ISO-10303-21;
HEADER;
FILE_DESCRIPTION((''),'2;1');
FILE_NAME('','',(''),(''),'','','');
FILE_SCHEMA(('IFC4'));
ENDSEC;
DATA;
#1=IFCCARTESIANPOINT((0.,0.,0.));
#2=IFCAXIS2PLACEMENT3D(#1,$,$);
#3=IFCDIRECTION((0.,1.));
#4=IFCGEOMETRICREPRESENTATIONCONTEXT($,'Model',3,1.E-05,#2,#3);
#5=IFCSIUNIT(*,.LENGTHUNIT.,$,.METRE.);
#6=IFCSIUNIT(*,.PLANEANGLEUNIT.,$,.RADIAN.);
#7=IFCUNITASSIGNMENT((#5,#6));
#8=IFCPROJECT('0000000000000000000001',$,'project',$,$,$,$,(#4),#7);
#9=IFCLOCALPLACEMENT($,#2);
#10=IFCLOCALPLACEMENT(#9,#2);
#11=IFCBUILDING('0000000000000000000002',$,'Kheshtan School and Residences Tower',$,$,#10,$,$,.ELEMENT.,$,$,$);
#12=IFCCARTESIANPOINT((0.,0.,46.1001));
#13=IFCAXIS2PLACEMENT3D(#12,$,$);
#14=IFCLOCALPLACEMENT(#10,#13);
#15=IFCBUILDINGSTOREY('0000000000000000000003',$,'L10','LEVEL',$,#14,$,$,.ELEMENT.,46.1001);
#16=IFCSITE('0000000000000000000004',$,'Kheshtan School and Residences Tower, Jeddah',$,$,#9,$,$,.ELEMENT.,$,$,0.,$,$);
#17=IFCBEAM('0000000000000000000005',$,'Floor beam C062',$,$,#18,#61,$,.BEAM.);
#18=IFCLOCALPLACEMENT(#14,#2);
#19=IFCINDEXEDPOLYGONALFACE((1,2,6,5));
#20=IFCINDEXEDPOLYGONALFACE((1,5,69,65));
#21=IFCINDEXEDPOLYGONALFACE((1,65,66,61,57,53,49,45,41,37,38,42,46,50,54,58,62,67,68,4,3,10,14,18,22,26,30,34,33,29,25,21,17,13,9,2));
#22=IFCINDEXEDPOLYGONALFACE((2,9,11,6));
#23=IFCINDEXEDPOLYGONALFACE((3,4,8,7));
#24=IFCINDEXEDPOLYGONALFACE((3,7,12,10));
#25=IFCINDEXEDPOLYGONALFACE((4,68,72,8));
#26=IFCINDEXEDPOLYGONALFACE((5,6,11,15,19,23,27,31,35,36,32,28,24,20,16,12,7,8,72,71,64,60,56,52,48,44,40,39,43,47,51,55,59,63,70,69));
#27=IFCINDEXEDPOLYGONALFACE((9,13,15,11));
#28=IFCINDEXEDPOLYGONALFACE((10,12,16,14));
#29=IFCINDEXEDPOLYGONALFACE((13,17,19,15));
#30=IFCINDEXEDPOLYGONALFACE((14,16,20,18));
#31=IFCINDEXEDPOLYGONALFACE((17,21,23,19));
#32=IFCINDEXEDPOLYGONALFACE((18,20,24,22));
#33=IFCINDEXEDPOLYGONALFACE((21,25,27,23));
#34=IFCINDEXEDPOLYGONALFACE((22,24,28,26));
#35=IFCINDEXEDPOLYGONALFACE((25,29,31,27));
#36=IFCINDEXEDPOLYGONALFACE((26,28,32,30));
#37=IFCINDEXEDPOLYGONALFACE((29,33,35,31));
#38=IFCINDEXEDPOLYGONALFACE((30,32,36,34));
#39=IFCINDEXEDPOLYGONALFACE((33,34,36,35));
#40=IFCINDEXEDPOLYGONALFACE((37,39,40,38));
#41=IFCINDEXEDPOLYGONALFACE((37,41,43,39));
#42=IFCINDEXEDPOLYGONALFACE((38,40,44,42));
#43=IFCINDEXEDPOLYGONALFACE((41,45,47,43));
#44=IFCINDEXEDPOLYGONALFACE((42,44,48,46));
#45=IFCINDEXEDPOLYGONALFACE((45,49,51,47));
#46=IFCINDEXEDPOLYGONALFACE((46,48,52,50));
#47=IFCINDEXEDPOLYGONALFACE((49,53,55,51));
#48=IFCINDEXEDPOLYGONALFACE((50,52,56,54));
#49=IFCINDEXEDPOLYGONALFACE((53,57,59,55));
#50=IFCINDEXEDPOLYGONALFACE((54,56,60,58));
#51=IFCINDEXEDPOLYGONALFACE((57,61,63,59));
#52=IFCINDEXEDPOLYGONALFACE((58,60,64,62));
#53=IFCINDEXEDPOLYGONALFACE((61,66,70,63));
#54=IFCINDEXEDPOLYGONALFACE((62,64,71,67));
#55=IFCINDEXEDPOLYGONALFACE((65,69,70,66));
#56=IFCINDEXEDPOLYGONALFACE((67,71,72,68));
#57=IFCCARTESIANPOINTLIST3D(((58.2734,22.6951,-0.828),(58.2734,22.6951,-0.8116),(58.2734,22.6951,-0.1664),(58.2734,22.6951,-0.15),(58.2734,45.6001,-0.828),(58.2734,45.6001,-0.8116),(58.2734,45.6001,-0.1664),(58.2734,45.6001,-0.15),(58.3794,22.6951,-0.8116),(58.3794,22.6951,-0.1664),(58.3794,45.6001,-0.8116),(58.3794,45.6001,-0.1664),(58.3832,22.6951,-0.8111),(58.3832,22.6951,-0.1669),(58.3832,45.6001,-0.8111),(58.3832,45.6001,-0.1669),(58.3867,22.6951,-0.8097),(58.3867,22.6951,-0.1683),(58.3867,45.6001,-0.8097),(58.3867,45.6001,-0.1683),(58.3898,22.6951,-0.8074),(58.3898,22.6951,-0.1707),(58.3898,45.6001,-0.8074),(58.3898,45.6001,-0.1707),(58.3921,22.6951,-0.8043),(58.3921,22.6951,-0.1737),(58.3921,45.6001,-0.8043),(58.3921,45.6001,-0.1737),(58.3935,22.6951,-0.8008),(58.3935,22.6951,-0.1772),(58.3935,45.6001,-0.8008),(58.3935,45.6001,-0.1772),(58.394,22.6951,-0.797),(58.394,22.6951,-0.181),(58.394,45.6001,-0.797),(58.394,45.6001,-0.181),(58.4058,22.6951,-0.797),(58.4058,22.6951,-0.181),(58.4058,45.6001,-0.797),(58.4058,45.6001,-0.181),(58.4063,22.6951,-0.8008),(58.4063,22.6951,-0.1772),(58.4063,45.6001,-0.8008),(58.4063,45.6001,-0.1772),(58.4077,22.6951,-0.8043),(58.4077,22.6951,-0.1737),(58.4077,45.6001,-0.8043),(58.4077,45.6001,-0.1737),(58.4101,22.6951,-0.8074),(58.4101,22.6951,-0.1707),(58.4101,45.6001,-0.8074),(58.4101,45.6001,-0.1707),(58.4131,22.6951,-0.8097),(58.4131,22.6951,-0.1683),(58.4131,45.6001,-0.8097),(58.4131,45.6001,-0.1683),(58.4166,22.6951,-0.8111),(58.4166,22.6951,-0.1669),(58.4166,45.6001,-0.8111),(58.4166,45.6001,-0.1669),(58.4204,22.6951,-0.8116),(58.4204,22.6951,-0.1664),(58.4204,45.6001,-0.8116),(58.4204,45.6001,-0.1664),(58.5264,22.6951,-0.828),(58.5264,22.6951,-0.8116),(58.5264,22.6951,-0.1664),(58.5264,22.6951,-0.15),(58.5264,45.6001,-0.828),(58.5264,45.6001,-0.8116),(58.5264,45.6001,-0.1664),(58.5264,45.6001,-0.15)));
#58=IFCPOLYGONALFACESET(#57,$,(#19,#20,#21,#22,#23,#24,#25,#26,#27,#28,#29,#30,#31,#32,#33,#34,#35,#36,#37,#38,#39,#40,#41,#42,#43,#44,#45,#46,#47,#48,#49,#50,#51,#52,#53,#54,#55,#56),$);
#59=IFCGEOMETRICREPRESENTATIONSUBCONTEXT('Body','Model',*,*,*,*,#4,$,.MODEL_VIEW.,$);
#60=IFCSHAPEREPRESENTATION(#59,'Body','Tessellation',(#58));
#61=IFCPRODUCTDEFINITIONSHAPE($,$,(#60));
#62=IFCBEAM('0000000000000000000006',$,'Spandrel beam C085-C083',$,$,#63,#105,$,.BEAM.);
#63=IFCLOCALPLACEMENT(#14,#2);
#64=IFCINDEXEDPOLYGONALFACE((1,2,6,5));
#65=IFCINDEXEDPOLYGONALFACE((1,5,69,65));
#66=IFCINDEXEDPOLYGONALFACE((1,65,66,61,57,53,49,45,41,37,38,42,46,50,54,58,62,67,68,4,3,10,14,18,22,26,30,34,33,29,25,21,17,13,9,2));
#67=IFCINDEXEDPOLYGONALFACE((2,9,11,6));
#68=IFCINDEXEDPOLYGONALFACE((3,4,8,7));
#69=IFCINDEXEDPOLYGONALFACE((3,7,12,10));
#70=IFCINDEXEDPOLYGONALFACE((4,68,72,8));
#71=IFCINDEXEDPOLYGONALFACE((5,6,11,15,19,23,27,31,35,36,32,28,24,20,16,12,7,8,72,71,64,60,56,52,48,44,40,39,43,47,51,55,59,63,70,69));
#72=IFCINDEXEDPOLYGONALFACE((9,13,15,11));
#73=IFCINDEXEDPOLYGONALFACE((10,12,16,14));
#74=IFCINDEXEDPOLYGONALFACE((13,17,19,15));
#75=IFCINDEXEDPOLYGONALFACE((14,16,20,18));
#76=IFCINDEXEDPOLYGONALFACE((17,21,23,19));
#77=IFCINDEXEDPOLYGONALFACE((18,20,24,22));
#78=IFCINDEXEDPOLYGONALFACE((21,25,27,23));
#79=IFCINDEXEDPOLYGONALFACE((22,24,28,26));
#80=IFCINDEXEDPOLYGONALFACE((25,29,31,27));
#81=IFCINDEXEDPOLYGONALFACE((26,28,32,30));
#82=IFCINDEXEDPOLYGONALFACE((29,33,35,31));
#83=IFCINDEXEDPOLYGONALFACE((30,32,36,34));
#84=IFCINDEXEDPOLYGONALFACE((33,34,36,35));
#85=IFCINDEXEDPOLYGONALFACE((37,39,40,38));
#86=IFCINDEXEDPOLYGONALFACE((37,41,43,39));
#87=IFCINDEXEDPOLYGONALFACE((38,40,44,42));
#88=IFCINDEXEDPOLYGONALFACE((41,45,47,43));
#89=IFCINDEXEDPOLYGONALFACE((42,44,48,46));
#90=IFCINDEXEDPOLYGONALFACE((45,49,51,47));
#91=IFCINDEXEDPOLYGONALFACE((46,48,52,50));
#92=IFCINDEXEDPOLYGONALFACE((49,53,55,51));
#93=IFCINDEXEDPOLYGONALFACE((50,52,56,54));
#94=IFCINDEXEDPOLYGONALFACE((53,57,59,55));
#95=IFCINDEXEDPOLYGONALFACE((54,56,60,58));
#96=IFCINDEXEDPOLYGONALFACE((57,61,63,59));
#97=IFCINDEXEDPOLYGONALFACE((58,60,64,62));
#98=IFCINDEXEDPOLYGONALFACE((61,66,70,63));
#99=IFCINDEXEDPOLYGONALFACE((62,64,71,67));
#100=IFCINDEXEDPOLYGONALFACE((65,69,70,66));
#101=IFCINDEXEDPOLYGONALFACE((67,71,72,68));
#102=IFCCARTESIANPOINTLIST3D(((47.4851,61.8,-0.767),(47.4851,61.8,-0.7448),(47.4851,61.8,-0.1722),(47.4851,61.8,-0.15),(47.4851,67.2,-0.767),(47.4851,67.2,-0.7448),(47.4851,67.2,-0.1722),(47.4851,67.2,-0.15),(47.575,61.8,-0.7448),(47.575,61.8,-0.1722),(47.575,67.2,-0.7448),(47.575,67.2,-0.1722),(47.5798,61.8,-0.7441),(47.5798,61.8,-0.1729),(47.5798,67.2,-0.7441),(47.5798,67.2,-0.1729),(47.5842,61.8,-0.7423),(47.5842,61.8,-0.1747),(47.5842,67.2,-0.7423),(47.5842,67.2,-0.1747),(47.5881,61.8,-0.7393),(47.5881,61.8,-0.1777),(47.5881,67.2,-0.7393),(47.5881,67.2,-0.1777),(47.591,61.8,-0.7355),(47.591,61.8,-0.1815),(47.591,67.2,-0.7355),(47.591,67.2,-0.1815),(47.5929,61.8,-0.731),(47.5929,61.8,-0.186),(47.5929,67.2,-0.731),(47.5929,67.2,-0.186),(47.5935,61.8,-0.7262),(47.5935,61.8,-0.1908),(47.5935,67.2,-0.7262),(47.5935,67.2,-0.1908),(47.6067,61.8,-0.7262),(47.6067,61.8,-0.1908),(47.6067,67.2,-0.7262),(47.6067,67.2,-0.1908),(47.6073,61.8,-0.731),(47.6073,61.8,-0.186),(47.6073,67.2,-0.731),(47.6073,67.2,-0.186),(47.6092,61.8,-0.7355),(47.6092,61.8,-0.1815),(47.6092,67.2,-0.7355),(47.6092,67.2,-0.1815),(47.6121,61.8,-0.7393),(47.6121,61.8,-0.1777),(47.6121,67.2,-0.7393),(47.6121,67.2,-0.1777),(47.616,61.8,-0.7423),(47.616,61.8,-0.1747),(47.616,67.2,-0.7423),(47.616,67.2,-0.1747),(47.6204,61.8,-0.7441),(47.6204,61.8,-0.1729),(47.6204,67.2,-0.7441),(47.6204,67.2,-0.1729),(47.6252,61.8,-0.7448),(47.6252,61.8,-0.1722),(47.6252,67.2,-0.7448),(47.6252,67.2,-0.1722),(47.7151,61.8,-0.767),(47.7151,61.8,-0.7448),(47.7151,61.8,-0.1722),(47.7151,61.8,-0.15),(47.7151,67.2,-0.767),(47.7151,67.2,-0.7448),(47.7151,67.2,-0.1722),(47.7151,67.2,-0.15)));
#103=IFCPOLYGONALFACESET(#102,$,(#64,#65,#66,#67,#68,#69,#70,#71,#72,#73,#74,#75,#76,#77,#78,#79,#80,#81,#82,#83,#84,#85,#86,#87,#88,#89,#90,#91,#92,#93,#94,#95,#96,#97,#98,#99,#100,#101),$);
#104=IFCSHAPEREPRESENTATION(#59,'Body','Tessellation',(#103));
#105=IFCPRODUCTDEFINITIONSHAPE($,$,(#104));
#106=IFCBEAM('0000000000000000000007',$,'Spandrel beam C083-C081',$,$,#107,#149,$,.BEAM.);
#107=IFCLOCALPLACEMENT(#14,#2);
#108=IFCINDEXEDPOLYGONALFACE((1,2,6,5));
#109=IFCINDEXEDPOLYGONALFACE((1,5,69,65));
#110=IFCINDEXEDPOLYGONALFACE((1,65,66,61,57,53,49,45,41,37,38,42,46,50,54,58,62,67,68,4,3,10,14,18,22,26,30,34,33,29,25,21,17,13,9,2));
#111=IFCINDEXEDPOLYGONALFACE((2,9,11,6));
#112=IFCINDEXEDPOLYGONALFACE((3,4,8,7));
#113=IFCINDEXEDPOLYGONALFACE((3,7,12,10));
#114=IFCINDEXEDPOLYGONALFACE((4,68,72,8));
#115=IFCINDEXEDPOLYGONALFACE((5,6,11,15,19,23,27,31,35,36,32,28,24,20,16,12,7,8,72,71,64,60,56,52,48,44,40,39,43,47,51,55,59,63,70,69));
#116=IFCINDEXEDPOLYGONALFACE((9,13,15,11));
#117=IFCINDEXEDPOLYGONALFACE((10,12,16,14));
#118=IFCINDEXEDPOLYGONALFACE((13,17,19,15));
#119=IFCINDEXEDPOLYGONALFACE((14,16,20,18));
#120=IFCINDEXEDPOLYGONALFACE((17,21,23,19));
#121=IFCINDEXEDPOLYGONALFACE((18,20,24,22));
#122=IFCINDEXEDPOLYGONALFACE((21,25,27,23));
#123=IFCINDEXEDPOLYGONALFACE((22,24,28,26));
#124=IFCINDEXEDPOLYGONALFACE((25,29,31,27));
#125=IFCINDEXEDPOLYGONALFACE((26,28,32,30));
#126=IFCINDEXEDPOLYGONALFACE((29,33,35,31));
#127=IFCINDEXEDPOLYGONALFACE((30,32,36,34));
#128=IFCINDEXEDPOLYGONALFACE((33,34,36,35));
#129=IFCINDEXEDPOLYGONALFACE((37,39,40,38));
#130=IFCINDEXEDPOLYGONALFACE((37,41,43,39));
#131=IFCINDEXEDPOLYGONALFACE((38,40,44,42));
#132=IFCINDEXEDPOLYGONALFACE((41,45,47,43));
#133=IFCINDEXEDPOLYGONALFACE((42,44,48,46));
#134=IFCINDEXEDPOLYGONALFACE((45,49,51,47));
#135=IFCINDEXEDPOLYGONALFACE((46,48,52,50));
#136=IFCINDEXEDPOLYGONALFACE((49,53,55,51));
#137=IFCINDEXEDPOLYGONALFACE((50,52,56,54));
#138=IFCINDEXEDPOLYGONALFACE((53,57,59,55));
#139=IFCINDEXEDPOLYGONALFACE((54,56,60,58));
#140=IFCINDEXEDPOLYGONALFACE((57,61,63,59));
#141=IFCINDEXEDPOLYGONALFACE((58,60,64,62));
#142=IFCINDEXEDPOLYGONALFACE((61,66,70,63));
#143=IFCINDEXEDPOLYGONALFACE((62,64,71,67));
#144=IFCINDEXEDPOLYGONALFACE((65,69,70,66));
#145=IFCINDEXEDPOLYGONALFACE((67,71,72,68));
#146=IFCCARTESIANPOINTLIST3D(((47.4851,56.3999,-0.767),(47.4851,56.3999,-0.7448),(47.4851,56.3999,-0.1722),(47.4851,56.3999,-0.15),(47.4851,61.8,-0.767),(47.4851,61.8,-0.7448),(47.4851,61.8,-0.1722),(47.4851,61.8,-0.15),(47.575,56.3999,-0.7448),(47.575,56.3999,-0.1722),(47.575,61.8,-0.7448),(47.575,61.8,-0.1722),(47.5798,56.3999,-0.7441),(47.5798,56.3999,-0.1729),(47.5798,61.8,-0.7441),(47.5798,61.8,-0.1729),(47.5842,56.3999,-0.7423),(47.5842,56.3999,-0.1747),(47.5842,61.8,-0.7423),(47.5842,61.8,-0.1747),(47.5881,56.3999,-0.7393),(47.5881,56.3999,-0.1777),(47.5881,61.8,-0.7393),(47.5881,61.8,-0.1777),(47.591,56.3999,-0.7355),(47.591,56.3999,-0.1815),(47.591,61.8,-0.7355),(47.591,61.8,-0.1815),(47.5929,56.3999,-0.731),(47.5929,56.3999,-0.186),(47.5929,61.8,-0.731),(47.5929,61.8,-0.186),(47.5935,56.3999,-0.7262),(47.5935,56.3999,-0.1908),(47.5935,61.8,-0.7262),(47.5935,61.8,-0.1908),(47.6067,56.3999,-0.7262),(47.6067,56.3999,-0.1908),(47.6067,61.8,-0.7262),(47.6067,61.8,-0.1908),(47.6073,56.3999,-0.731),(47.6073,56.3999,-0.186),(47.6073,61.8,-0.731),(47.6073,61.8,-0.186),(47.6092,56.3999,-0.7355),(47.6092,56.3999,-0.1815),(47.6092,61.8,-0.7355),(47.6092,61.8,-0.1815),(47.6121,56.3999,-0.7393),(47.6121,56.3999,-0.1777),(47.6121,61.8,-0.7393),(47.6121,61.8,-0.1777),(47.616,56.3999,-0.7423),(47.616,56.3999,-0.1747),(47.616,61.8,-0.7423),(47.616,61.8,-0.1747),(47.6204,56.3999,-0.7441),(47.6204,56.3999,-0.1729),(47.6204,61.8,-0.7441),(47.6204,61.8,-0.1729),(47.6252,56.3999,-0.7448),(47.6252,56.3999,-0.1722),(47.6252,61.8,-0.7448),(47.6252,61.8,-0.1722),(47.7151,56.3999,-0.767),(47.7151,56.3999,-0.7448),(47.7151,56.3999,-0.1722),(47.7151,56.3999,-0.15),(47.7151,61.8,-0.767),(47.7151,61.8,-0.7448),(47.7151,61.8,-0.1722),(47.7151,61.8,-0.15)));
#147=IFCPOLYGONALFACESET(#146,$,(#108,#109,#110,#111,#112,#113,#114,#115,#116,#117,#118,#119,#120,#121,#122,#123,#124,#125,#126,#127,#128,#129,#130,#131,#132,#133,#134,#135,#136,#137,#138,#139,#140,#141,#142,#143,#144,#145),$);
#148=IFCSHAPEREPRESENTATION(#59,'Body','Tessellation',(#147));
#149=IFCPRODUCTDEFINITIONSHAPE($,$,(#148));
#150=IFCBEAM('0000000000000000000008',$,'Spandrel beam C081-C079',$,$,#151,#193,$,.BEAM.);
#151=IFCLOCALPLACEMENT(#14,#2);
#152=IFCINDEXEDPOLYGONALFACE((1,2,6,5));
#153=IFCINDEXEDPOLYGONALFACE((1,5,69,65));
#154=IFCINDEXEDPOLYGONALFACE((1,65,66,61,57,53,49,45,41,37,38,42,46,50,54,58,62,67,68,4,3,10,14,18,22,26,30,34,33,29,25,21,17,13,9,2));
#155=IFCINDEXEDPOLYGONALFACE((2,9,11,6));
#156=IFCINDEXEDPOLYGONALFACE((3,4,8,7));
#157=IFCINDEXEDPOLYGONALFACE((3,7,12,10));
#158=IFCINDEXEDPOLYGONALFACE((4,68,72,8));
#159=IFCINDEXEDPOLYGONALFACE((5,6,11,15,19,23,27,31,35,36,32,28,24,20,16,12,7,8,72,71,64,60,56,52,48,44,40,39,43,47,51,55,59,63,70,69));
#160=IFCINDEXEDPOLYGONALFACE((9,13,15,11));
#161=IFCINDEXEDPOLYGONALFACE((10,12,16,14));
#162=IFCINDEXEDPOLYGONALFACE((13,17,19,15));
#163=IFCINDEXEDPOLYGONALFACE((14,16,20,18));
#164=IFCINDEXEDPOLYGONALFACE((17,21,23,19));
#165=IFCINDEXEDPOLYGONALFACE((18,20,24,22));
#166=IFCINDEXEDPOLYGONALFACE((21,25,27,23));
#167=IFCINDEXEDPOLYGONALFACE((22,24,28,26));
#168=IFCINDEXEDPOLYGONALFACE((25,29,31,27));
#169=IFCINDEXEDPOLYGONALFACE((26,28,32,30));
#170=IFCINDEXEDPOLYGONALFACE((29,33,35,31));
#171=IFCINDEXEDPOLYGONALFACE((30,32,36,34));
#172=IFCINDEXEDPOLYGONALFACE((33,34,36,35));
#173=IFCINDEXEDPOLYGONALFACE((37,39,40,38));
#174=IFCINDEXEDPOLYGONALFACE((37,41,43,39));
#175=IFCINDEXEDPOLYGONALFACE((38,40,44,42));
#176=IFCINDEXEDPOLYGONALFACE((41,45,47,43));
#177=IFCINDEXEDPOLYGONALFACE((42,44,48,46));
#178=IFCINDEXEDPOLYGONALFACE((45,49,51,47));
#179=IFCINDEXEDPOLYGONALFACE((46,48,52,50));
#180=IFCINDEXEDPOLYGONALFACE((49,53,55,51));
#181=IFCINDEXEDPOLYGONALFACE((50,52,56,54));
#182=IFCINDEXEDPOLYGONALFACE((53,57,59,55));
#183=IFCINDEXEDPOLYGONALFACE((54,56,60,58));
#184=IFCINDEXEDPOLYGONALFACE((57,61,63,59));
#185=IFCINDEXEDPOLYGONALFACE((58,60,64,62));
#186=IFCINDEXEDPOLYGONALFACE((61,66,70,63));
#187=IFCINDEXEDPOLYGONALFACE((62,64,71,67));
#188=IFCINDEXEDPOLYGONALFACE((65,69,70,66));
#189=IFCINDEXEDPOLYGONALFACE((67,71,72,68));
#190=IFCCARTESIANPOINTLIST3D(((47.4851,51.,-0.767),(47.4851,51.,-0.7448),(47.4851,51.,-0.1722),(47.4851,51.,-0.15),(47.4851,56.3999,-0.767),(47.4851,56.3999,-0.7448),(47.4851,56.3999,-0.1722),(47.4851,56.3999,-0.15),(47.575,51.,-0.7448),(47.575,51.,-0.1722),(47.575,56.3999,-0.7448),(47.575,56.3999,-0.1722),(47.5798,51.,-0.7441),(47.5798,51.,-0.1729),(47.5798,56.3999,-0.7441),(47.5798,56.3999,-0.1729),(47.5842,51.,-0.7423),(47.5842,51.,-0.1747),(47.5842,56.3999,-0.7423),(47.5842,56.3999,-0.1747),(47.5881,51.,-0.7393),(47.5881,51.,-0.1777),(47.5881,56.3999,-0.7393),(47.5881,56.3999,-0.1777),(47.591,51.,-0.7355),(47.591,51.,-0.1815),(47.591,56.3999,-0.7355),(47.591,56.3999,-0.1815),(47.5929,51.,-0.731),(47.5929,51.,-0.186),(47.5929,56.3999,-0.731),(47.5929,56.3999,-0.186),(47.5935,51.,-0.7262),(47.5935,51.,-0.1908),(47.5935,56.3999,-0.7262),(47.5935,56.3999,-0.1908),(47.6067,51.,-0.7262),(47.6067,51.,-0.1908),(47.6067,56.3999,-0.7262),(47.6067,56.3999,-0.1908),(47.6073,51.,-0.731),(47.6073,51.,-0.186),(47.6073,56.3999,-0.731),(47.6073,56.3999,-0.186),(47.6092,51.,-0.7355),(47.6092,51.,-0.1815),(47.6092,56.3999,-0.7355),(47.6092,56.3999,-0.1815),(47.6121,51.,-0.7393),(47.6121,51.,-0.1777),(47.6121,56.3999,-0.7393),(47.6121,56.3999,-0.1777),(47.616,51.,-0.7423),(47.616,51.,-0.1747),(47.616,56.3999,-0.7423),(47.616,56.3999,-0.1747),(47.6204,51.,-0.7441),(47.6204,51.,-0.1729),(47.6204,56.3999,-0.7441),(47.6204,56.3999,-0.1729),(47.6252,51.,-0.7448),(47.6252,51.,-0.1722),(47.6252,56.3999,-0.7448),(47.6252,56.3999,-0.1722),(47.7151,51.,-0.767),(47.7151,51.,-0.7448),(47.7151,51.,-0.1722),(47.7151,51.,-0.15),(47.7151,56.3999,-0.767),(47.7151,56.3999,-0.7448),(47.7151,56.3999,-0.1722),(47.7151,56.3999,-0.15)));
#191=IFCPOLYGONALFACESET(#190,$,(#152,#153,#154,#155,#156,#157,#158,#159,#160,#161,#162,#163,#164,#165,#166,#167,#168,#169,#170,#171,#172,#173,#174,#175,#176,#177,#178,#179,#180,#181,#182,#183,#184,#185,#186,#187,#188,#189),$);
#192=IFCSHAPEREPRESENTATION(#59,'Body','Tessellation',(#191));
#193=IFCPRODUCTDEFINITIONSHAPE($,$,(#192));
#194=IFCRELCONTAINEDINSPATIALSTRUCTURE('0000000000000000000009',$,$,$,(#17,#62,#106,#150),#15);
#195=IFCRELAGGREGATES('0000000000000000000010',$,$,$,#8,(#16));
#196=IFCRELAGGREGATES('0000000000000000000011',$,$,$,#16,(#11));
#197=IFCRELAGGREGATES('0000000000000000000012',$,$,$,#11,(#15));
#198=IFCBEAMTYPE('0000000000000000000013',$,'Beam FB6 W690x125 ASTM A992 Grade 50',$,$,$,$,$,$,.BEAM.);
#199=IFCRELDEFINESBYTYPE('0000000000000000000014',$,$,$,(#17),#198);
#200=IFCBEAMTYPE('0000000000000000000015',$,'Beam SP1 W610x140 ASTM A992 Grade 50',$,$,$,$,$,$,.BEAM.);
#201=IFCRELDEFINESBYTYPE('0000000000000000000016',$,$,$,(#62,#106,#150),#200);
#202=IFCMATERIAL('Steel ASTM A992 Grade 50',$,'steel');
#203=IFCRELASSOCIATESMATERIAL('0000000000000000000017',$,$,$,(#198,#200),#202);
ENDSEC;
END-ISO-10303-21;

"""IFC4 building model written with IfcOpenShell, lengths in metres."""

from ifc_helpers import new_model, si_unit, direction, frame, origin, origin_2d, place, context, subcontext, project, spatial, i_section, extrude, material, material_profile, profile_set, type_object, element, save


model = new_model("IFC4")

# Units and contexts
model_context = context("Model", 3, precision=1e-05, world=origin(), true_north=direction((0.0, 1.0)))
body_context = subcontext(model_context, "Body", "Model", "MODEL_VIEW")
ifc_project = project(units=[si_unit("LENGTHUNIT", "METRE"), si_unit("PLANEANGLEUNIT", "RADIAN")], contexts=[model_context])

# Site, building, storey
site_placement = place(None, origin())
site = spatial("IfcSite", under=ifc_project, at=site_placement, Name="Kheshtan School and Residences Tower, Jeddah", CompositionType="ELEMENT", RefElevation=0.0)
building_placement = place(site_placement, origin())
building = spatial("IfcBuilding", under=site, at=building_placement, Name="Kheshtan School and Residences Tower", CompositionType="ELEMENT")
storey_placement = place(building_placement, frame((0.0, 0.0, 46.1001)))
storey = spatial("IfcBuildingStorey", under=building, at=storey_placement, Name="L10", Description="LEVEL", CompositionType="ELEMENT", Elevation=46.1001)

# Shared definitions
ifc_material_1 = material(Name="Steel ASTM A992 Grade 50", Category="steel")

# Beams
ifc_material_profile_1 = material_profile(ifc_material_1, i_section(OverallWidth=0.2529, OverallDepth=0.678, WebThickness=0.0117, FlangeThickness=0.0164, FilletRadius=0.0146, at=origin_2d()), Name="W690x125")
ifc_profile_set_1 = profile_set([ifc_material_profile_1], Name="Steel ASTM A992 Grade 50")
beam_type_1 = type_object("IfcBeamType", Name="Beam FB6 W690x125 ASTM A992 Grade 50", PredefinedType="BEAM", material=ifc_profile_set_1)
beam_1_placement = place(storey_placement, frame((58.3999, 45.6001, -0.489), z_axis=(0.0, -1.0, 0.0), x_axis=(1.0, 0.0, 0.0)))
element("IfcBeam", 1, at=beam_1_placement, inside=storey, type_object=beam_type_1, Name="Floor beam C062", PredefinedType="BEAM", context=body_context, shape_type="SweptSolid", body=[
    extrude(i_section(OverallWidth=0.2529, OverallDepth=0.678, WebThickness=0.0117, FlangeThickness=0.0164, FilletRadius=0.0146, at=origin_2d()), origin(), (0.0, 0.0, 1.0), 22.905),
])
ifc_material_profile_2 = material_profile(ifc_material_1, i_section(OverallWidth=0.23, OverallDepth=0.6169, WebThickness=0.0132, FlangeThickness=0.0222, FilletRadius=0.0186, at=origin_2d()), Name="W610x140")
ifc_profile_set_2 = profile_set([ifc_material_profile_2], Name="Steel ASTM A992 Grade 50")
beam_type_2 = type_object("IfcBeamType", Name="Beam SP1 W610x140 ASTM A992 Grade 50", PredefinedType="BEAM", material=ifc_profile_set_2)
beam_2_placement = place(storey_placement, frame((47.6001, 67.2, -0.4585), z_axis=(0.0, -1.0, 0.0), x_axis=(1.0, 0.0, 0.0)))
element("IfcBeam", 2, at=beam_2_placement, inside=storey, type_object=beam_type_2, Name="Spandrel beam C085-C083", PredefinedType="BEAM", context=body_context, shape_type="SweptSolid", body=[
    extrude(i_section(OverallWidth=0.23, OverallDepth=0.6169, WebThickness=0.0132, FlangeThickness=0.0222, FilletRadius=0.0186, at=origin_2d()), origin(), (0.0, 0.0, 1.0), 5.3999),
])
beam_3_placement = place(storey_placement, frame((47.6001, 61.8, -0.4585), z_axis=(0.0, -1.0, 0.0), x_axis=(1.0, 0.0, 0.0)))
element("IfcBeam", 3, at=beam_3_placement, inside=storey, type_object=beam_type_2, Name="Spandrel beam C083-C081", PredefinedType="BEAM", context=body_context, shape_type="SweptSolid", body=[
    extrude(i_section(OverallWidth=0.23, OverallDepth=0.6169, WebThickness=0.0132, FlangeThickness=0.0222, FilletRadius=0.0186, at=origin_2d()), origin(), (0.0, 0.0, 1.0), 5.4001),
])
for number, where, z_axis, x_axis, name in (
    (4, (47.6001, 56.3999, -0.4585), (0.0, -1.0, 0.0), (1.0, 0.0, 0.0), "Spandrel beam C081-C079"),
):
    element("IfcBeam", number, at=place(storey_placement, frame(where, z_axis=z_axis, x_axis=x_axis)), inside=storey, type_object=beam_type_2, Name=name, PredefinedType="BEAM", context=body_context, shape_type="SweptSolid", body=[
        extrude(i_section(OverallWidth=0.23, OverallDepth=0.6169, WebThickness=0.0132, FlangeThickness=0.0222, FilletRadius=0.0186, at=origin_2d()), origin(), (0.0, 0.0, 1.0), 5.3999),
    ])

save(model, "model.ifc")
